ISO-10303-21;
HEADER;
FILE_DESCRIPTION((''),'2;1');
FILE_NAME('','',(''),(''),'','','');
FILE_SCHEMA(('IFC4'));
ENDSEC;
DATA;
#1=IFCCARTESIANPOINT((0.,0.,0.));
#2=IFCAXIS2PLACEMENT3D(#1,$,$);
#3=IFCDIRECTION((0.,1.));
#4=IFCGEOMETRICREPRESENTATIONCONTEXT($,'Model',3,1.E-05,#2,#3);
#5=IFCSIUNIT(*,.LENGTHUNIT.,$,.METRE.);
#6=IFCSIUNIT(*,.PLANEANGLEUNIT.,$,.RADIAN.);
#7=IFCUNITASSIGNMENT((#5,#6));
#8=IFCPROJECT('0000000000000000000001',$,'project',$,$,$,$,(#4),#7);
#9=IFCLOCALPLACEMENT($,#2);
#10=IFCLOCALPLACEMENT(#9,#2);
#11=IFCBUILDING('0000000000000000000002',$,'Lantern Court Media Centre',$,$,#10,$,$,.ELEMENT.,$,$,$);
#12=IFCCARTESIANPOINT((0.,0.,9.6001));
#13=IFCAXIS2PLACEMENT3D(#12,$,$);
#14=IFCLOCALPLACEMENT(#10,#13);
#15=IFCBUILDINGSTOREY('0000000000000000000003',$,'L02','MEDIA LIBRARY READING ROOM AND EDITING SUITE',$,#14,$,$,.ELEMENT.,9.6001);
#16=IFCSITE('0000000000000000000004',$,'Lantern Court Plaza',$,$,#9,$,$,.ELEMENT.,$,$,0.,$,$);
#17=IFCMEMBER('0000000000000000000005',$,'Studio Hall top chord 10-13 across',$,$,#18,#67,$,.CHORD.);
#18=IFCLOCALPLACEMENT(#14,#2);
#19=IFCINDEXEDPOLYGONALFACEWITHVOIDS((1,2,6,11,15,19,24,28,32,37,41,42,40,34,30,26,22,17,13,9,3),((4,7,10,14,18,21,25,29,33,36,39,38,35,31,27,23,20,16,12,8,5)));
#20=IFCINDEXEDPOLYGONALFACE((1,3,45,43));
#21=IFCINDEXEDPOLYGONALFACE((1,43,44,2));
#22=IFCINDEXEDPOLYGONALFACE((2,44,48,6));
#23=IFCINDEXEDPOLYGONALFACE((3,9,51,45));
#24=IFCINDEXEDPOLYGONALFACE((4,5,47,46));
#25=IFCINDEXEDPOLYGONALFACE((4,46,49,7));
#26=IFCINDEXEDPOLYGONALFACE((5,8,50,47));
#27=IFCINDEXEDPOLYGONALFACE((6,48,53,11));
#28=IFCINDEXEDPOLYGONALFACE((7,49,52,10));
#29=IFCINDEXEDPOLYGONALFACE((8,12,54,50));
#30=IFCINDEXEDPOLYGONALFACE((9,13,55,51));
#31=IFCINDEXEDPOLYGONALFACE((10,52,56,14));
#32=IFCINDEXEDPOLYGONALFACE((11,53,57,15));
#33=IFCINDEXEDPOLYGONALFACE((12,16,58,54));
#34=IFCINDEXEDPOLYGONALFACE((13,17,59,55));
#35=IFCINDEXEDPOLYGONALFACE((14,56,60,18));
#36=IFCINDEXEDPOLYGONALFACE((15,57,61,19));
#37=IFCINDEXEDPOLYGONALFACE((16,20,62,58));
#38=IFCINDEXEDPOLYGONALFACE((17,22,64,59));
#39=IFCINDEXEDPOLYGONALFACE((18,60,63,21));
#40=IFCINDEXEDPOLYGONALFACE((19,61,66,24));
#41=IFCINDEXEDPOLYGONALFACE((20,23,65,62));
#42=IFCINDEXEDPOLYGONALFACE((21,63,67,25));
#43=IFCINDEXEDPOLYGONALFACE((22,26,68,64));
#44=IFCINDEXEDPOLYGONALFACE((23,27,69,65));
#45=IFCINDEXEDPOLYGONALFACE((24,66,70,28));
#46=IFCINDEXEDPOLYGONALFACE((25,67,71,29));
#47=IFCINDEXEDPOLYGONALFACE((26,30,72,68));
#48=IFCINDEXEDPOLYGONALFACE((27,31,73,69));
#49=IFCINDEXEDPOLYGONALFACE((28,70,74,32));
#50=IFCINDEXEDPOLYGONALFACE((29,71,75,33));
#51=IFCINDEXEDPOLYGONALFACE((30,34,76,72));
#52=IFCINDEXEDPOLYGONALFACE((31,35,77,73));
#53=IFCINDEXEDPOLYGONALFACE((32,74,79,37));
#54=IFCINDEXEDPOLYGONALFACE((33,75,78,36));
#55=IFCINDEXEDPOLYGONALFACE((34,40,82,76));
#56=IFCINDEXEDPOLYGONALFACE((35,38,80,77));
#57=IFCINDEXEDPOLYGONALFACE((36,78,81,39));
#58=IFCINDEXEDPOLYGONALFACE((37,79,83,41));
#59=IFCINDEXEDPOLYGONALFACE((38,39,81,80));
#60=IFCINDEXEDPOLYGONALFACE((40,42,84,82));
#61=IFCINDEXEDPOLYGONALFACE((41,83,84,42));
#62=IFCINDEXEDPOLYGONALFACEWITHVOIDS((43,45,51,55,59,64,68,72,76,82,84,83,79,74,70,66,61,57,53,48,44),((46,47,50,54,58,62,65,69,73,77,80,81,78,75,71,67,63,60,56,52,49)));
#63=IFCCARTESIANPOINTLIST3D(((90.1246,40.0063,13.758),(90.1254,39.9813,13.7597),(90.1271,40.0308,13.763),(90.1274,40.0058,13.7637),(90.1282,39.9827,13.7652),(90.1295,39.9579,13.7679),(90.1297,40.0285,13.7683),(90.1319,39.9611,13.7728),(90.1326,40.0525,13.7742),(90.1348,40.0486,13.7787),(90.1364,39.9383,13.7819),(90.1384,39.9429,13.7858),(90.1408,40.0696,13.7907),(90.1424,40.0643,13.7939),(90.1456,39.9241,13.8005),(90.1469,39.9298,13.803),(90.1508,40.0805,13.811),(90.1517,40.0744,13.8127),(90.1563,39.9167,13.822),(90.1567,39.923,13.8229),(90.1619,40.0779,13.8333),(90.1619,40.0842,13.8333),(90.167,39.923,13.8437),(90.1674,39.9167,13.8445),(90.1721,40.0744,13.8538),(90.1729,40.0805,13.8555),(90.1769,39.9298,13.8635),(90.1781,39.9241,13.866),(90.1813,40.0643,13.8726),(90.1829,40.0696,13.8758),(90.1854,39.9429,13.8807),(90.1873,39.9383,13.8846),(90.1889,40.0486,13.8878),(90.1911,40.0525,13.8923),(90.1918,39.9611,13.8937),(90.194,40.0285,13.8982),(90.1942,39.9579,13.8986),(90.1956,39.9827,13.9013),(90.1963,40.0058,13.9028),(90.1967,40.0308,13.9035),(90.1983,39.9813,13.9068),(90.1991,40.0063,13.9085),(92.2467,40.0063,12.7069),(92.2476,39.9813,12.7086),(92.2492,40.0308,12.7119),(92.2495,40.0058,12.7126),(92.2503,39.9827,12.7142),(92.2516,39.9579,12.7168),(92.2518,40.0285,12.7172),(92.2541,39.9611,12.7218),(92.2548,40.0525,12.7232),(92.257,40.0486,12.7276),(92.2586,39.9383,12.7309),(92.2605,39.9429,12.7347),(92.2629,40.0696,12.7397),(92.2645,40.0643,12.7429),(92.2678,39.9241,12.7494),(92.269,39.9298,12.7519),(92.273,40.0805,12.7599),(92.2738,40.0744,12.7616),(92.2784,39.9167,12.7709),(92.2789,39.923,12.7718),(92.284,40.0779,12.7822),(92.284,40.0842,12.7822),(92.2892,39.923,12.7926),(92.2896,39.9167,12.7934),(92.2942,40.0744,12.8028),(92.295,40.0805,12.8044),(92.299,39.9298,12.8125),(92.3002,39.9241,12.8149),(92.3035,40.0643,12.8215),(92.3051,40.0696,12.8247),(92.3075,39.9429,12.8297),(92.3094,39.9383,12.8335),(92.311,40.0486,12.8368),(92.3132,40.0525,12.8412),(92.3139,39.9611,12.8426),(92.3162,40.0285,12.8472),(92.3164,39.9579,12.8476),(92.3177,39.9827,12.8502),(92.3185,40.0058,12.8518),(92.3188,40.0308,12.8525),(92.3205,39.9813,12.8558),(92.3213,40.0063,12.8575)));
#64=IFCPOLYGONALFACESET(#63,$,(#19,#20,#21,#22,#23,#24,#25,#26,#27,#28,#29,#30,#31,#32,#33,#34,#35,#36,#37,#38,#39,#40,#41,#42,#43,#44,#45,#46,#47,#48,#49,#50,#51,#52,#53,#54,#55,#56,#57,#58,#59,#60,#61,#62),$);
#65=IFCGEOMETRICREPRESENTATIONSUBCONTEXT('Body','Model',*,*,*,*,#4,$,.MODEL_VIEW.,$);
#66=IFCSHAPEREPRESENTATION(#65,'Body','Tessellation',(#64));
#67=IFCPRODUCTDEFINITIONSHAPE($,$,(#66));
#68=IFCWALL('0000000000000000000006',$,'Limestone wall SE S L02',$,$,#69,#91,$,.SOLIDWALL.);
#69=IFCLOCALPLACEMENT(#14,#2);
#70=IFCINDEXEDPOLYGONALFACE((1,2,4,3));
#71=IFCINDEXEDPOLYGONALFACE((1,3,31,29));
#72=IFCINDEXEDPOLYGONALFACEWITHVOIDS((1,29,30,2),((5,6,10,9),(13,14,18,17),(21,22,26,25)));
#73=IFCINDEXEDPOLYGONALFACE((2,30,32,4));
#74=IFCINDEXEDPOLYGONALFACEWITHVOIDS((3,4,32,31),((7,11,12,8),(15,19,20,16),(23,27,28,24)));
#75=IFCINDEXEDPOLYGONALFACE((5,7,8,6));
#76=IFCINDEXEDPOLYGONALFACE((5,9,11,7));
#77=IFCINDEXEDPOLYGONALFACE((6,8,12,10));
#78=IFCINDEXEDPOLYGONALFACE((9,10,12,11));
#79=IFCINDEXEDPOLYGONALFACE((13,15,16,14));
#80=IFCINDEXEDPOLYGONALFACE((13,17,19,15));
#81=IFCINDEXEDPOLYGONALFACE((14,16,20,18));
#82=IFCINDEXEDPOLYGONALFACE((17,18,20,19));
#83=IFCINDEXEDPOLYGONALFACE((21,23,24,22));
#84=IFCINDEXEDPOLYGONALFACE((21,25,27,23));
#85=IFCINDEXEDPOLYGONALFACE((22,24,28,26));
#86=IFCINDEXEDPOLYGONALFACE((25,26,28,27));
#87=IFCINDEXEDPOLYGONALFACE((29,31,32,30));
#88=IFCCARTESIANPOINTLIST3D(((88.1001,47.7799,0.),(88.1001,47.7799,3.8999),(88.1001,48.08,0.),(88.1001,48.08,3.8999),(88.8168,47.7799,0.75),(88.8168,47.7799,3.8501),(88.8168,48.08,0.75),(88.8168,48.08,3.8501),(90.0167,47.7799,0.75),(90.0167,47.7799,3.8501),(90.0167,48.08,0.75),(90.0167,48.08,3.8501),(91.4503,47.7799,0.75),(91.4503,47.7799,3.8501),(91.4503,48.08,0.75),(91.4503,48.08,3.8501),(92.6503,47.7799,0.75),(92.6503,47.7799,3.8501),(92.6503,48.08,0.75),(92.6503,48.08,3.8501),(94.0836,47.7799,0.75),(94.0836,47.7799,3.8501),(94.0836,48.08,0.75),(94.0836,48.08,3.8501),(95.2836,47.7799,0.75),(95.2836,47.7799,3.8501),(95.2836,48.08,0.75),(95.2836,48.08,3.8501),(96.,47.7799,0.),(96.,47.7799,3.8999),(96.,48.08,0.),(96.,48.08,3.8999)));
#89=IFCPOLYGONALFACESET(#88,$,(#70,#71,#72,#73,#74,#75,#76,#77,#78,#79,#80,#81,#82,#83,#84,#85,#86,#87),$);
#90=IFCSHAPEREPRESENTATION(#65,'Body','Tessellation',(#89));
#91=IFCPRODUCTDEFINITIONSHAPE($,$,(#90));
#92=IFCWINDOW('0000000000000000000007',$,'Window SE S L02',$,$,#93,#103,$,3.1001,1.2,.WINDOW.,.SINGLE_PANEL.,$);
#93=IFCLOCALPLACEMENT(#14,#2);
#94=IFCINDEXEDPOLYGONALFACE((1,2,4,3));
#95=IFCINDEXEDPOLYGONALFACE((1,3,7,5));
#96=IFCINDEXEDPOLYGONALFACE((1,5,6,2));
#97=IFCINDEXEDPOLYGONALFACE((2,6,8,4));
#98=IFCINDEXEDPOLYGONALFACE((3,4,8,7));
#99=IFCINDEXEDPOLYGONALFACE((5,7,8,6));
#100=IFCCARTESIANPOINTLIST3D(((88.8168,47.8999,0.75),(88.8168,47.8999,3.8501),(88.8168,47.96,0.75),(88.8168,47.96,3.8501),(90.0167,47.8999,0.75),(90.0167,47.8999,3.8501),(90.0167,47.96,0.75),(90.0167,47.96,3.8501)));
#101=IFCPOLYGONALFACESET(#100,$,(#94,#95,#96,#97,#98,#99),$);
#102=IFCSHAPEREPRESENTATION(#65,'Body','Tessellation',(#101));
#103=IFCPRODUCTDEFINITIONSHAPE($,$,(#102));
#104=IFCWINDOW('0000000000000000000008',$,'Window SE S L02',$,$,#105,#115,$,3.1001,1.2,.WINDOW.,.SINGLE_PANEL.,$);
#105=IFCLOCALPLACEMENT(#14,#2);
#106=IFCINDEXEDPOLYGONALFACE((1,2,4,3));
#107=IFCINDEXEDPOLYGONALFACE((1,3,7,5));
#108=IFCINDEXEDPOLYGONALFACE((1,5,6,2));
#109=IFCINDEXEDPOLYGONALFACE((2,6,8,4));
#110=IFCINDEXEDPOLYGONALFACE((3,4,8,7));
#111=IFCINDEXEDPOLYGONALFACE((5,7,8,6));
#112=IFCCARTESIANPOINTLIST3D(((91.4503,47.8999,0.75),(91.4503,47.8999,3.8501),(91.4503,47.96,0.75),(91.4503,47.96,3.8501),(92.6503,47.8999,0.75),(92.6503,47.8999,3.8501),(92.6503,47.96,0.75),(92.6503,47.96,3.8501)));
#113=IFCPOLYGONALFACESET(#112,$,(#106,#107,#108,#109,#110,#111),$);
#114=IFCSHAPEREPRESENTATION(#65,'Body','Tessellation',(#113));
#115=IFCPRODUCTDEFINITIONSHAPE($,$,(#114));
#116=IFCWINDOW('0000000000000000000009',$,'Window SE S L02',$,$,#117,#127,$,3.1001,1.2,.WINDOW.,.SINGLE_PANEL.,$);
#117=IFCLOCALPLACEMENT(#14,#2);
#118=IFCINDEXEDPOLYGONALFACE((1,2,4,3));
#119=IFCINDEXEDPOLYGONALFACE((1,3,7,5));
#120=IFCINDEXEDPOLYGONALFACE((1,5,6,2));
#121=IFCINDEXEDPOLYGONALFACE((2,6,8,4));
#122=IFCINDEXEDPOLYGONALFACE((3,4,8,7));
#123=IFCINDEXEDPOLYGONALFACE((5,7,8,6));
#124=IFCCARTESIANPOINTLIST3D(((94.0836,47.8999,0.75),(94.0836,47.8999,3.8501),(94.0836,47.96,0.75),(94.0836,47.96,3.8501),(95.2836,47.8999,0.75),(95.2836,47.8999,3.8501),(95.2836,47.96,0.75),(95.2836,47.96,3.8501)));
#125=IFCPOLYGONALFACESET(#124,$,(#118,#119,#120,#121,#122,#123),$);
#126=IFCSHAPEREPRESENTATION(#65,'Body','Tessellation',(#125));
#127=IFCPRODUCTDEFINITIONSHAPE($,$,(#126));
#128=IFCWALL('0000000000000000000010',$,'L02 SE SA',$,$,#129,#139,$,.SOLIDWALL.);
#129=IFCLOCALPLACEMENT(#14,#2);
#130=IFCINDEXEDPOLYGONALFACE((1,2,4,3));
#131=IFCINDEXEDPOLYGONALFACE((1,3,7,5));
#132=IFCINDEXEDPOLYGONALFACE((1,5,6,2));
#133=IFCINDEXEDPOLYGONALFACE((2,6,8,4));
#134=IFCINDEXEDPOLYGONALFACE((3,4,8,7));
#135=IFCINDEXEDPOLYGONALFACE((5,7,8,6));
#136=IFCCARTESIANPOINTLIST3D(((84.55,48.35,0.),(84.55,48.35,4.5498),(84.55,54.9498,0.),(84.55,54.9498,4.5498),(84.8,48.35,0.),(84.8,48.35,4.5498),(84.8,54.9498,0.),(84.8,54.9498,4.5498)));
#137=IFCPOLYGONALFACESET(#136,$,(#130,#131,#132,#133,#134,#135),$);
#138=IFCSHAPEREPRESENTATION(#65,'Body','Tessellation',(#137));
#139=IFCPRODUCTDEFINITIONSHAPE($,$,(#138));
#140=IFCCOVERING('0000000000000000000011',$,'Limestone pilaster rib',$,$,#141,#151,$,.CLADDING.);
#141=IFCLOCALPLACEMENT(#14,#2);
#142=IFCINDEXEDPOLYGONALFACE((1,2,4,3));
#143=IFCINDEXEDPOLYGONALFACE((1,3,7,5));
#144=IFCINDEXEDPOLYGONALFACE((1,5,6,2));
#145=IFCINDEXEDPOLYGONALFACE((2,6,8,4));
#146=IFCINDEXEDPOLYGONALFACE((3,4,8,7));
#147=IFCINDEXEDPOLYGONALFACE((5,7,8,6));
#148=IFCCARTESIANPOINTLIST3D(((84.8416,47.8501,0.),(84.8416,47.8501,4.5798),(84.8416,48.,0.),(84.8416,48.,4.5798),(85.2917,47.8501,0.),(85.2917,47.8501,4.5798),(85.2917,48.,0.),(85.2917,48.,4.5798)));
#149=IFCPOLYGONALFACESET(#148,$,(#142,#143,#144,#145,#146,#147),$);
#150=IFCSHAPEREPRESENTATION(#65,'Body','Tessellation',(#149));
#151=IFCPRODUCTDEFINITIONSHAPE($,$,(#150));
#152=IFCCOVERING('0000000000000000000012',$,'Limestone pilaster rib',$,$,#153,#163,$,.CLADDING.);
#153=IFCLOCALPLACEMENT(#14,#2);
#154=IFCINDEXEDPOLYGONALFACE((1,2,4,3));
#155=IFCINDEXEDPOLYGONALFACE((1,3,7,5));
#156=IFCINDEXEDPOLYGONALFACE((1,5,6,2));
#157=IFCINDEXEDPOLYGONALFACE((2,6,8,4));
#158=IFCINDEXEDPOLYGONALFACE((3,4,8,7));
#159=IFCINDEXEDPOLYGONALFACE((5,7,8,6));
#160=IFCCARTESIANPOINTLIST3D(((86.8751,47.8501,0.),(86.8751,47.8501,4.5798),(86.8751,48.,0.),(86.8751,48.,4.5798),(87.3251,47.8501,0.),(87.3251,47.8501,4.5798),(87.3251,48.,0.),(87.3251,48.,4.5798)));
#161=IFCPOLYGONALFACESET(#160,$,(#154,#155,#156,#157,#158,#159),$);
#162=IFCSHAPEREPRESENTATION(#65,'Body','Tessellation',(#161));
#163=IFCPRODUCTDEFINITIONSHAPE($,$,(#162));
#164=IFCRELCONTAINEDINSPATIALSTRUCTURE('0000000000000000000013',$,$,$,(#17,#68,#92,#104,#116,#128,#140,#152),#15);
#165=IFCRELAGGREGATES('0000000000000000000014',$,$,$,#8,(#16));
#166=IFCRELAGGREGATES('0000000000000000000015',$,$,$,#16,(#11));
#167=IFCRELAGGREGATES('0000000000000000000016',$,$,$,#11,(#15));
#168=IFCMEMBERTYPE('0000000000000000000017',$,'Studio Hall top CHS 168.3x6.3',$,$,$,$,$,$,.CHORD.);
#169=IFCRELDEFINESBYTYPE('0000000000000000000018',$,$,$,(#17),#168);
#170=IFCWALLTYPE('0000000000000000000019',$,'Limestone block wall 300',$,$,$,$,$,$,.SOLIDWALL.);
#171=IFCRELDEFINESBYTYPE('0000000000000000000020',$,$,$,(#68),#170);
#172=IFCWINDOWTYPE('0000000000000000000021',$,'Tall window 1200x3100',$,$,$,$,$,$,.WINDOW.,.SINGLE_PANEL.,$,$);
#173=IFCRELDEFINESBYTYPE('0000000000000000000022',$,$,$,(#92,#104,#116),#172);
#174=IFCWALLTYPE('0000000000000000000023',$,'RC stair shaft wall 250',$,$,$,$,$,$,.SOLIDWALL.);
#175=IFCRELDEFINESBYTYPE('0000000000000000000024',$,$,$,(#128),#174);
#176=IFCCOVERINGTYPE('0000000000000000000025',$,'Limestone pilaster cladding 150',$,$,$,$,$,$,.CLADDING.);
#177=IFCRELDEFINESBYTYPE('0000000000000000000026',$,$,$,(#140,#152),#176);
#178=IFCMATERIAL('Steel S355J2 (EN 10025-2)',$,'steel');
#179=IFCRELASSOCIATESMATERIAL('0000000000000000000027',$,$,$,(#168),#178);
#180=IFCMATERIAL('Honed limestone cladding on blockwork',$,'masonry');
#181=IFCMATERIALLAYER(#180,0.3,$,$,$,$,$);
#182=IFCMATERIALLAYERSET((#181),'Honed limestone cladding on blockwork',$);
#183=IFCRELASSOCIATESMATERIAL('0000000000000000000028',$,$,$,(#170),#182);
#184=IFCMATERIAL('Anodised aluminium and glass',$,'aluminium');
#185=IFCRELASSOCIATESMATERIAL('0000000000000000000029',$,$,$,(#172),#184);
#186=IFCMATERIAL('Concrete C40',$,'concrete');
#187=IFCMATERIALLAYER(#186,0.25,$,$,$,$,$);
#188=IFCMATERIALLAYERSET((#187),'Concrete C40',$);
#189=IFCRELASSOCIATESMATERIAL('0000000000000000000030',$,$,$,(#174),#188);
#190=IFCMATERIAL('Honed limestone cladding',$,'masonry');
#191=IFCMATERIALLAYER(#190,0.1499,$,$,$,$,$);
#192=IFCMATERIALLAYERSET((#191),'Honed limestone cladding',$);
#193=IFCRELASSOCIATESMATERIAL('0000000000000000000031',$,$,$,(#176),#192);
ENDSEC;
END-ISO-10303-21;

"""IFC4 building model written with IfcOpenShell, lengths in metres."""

from ifc_helpers import new_model, si_unit, direction, frame, frame_2d, origin, origin_2d, place, context, subcontext, project, spatial, rectangle, hollow_circle, extrude, material, layer, layer_set, material_profile, profile_set, type_object, element, fill, save


model = new_model("IFC4")

# Units and contexts
model_context = context("Model", 3, precision=1e-05, world=origin(), true_north=direction((0.0, 1.0)))
body_context = subcontext(model_context, "Body", "Model", "MODEL_VIEW")
ifc_project = project(units=[si_unit("LENGTHUNIT", "METRE"), si_unit("PLANEANGLEUNIT", "RADIAN")], contexts=[model_context])

# Site, building, storey
site_placement = place(None, origin())
site = spatial("IfcSite", under=ifc_project, at=site_placement, Name="Lantern Court Plaza", CompositionType="ELEMENT", RefElevation=0.0)
building_placement = place(site_placement, origin())
building = spatial("IfcBuilding", under=site, at=building_placement, Name="Lantern Court Media Centre", CompositionType="ELEMENT")
storey_placement = place(building_placement, frame((0.0, 0.0, 9.6001)))
storey = spatial("IfcBuildingStorey", under=building, at=storey_placement, Name="L02", Description="MEDIA LIBRARY READING ROOM AND EDITING SUITE", CompositionType="ELEMENT", Elevation=9.6001)

# Member
ifc_material_1 = material(Name="Steel S355J2 (EN 10025-2)", Category="steel")
ifc_material_profile_1 = material_profile(ifc_material_1, hollow_circle(Radius=0.0842, WallThickness=0.0063, at=origin_2d()), Name="Studio Hall top CHS 168.3x6.3")
ifc_profile_set_1 = profile_set([ifc_material_profile_1], Name="Steel S355J2 (EN 10025-2)")
member_type_1 = type_object("IfcMemberType", Name="Studio Hall top CHS 168.3x6.3", PredefinedType="CHORD", material=ifc_profile_set_1)
member_1_placement = place(storey_placement, frame((90.1619, 40.0, 13.8333), z_axis=(0.896112, 0.0, -0.443829), x_axis=(0.0, 1.0, 0.0)))
element("IfcMember", 1, at=member_1_placement, inside=storey, type_object=member_type_1, Name="Studio Hall top chord 10-13 across", PredefinedType="CHORD", context=body_context, shape_type="SweptSolid", body=[
    extrude(hollow_circle(Radius=0.0842, WallThickness=0.0063, at=origin_2d()), origin(), (0.0, 0.0, 1.0), 2.3682),
])

# Wall, openings, windows
ifc_material_2 = material(Name="Honed limestone cladding on blockwork", Category="masonry")
ifc_layer_1 = layer(ifc_material_2, 0.3)
ifc_layer_set_1 = layer_set([ifc_layer_1], Name="Honed limestone cladding on blockwork")
wall_type_1 = type_object("IfcWallType", Name="Limestone block wall 300", PredefinedType="SOLIDWALL", material=ifc_layer_set_1)
wall_1_placement = place(storey_placement, frame((88.1001, 47.9299, 0.0), z_axis=(0.0, 0.0, 1.0), x_axis=(1.0, 0.0, 0.0)))
wall_1 = element("IfcWall", 2, at=wall_1_placement, inside=storey, type_object=wall_type_1, Name="Limestone wall SE S L02", PredefinedType="SOLIDWALL", context=body_context, shape_type="SweptSolid", body=[
    extrude(rectangle(XDim=7.8999, YDim=0.3, at=frame_2d((3.95, 0.0))), origin(), (0.0, 0.0, 1.0), 3.8999),
])
opening_1_placement = place(wall_1_placement, frame((0.7166, 0.0, 0.75)))
opening_1 = element("IfcOpeningElement", 3, at=opening_1_placement, cuts=wall_1, PredefinedType="OPENING", context=body_context, shape_type="SweptSolid", body=[
    extrude(rectangle(XDim=1.2, YDim=3.1001, at=frame_2d((0.6001, 1.55))), frame((0.0, 0.1599, 0.0), z_axis=(0.0, -1.0, 0.0), x_axis=(1.0, 0.0, 0.0)), (0.0, 0.0, 1.0), 0.3201),
])
opening_2_placement = place(wall_1_placement, frame((3.3501, 0.0, 0.75)))
opening_2 = element("IfcOpeningElement", 4, at=opening_2_placement, cuts=wall_1, PredefinedType="OPENING", context=body_context, shape_type="SweptSolid", body=[
    extrude(rectangle(XDim=1.2, YDim=3.1001, at=frame_2d((0.6001, 1.55))), frame((0.0, 0.1599, 0.0), z_axis=(0.0, -1.0, 0.0), x_axis=(1.0, 0.0, 0.0)), (0.0, 0.0, 1.0), 0.3201),
])
opening_3_placement = place(wall_1_placement, frame((5.9834, 0.0, 0.75)))
opening_3 = element("IfcOpeningElement", 5, at=opening_3_placement, cuts=wall_1, PredefinedType="OPENING", context=body_context, shape_type="SweptSolid", body=[
    extrude(rectangle(XDim=1.2, YDim=3.1001, at=frame_2d((0.6001, 1.55))), frame((0.0, 0.1599, 0.0), z_axis=(0.0, -1.0, 0.0), x_axis=(1.0, 0.0, 0.0)), (0.0, 0.0, 1.0), 0.3201),
])
ifc_material_3 = material(Name="Anodised aluminium and glass", Category="aluminium")
window_type = type_object("IfcWindowType", Name="Tall window 1200x3100", PartitioningType="SINGLE_PANEL", PredefinedType="WINDOW", material=ifc_material_3)
window_1_placement = place(opening_1_placement, origin())
window_1 = element("IfcWindow", 6, at=window_1_placement, inside=storey, type_object=window_type, Name="Window SE S L02", OverallHeight=3.1001, OverallWidth=1.2, PartitioningType="SINGLE_PANEL", PredefinedType="WINDOW", context=body_context, shape_type="SweptSolid", body=[
    extrude(rectangle(XDim=1.2, YDim=3.1001, at=frame_2d((0.6001, 1.55))), frame((0.0, 0.03, 0.0), z_axis=(0.0, -1.0, 0.0), x_axis=(1.0, 0.0, 0.0)), (0.0, 0.0, 1.0), 0.0601),
])
fill(opening_1, window_1)
window_2_placement = place(opening_2_placement, origin())
window_2 = element("IfcWindow", 7, at=window_2_placement, inside=storey, type_object=window_type, Name="Window SE S L02", OverallHeight=3.1001, OverallWidth=1.2, PartitioningType="SINGLE_PANEL", PredefinedType="WINDOW", context=body_context, shape_type="SweptSolid", body=[
    extrude(rectangle(XDim=1.2, YDim=3.1001, at=frame_2d((0.6001, 1.55))), frame((0.0, 0.03, 0.0), z_axis=(0.0, -1.0, 0.0), x_axis=(1.0, 0.0, 0.0)), (0.0, 0.0, 1.0), 0.0601),
])
fill(opening_2, window_2)
window_3_placement = place(opening_3_placement, origin())
window_3 = element("IfcWindow", 8, at=window_3_placement, inside=storey, type_object=window_type, Name="Window SE S L02", OverallHeight=3.1001, OverallWidth=1.2, PartitioningType="SINGLE_PANEL", PredefinedType="WINDOW", context=body_context, shape_type="SweptSolid", body=[
    extrude(rectangle(XDim=1.2, YDim=3.1001, at=frame_2d((0.6001, 1.55))), frame((0.0, 0.03, 0.0), z_axis=(0.0, -1.0, 0.0), x_axis=(1.0, 0.0, 0.0)), (0.0, 0.0, 1.0), 0.0601),
])
fill(opening_3, window_3)

# Wall
ifc_material_4 = material(Name="Concrete C40", Category="concrete")
ifc_layer_2 = layer(ifc_material_4, 0.25)
ifc_layer_set_2 = layer_set([ifc_layer_2], Name="Concrete C40")
wall_type_2 = type_object("IfcWallType", Name="RC stair shaft wall 250", PredefinedType="SOLIDWALL", material=ifc_layer_set_2)
wall_2_placement = place(storey_placement, frame((84.675, 48.3501, 0.0), z_axis=(0.0, 0.0, 1.0), x_axis=(0.0, 1.0, 0.0)))
element("IfcWall", 9, at=wall_2_placement, inside=storey, type_object=wall_type_2, Name="L02 SE SA", PredefinedType="SOLIDWALL", context=body_context, shape_type="SweptSolid", body=[
    extrude(rectangle(XDim=6.5999, YDim=0.25, at=frame_2d((3.2998, 0.0))), origin(), (0.0, 0.0, 1.0), 4.5498),
])

# Coverings
ifc_material_5 = material(Name="Honed limestone cladding", Category="masonry")
ifc_layer_3 = layer(ifc_material_5, 0.1499)
ifc_layer_set_3 = layer_set([ifc_layer_3], Name="Honed limestone cladding")
covering_type = type_object("IfcCoveringType", Name="Limestone pilaster cladding 150", PredefinedType="CLADDING", material=ifc_layer_set_3)
covering_1_placement = place(storey_placement, frame((84.8416, 47.925, 0.0), z_axis=(0.0, 0.0, 1.0), x_axis=(1.0, 0.0, 0.0)))
element("IfcCovering", 10, at=covering_1_placement, inside=storey, type_object=covering_type, Name="Limestone pilaster rib", PredefinedType="CLADDING", context=body_context, shape_type="SweptSolid", body=[
    extrude(rectangle(XDim=0.4502, YDim=0.1499, at=frame_2d((0.2251, 0.0))), origin(), (0.0, 0.0, 1.0), 4.5798),
])
covering_2_placement = place(storey_placement, frame((86.875, 47.925, 0.0), z_axis=(0.0, 0.0, 1.0), x_axis=(1.0, 0.0, 0.0)))
element("IfcCovering", 11, at=covering_2_placement, inside=storey, type_object=covering_type, Name="Limestone pilaster rib", PredefinedType="CLADDING", context=body_context, shape_type="SweptSolid", body=[
    extrude(rectangle(XDim=0.45, YDim=0.1499, at=frame_2d((0.2251, 0.0))), origin(), (0.0, 0.0, 1.0), 4.5798),
])

save(model, "model.ifc")
